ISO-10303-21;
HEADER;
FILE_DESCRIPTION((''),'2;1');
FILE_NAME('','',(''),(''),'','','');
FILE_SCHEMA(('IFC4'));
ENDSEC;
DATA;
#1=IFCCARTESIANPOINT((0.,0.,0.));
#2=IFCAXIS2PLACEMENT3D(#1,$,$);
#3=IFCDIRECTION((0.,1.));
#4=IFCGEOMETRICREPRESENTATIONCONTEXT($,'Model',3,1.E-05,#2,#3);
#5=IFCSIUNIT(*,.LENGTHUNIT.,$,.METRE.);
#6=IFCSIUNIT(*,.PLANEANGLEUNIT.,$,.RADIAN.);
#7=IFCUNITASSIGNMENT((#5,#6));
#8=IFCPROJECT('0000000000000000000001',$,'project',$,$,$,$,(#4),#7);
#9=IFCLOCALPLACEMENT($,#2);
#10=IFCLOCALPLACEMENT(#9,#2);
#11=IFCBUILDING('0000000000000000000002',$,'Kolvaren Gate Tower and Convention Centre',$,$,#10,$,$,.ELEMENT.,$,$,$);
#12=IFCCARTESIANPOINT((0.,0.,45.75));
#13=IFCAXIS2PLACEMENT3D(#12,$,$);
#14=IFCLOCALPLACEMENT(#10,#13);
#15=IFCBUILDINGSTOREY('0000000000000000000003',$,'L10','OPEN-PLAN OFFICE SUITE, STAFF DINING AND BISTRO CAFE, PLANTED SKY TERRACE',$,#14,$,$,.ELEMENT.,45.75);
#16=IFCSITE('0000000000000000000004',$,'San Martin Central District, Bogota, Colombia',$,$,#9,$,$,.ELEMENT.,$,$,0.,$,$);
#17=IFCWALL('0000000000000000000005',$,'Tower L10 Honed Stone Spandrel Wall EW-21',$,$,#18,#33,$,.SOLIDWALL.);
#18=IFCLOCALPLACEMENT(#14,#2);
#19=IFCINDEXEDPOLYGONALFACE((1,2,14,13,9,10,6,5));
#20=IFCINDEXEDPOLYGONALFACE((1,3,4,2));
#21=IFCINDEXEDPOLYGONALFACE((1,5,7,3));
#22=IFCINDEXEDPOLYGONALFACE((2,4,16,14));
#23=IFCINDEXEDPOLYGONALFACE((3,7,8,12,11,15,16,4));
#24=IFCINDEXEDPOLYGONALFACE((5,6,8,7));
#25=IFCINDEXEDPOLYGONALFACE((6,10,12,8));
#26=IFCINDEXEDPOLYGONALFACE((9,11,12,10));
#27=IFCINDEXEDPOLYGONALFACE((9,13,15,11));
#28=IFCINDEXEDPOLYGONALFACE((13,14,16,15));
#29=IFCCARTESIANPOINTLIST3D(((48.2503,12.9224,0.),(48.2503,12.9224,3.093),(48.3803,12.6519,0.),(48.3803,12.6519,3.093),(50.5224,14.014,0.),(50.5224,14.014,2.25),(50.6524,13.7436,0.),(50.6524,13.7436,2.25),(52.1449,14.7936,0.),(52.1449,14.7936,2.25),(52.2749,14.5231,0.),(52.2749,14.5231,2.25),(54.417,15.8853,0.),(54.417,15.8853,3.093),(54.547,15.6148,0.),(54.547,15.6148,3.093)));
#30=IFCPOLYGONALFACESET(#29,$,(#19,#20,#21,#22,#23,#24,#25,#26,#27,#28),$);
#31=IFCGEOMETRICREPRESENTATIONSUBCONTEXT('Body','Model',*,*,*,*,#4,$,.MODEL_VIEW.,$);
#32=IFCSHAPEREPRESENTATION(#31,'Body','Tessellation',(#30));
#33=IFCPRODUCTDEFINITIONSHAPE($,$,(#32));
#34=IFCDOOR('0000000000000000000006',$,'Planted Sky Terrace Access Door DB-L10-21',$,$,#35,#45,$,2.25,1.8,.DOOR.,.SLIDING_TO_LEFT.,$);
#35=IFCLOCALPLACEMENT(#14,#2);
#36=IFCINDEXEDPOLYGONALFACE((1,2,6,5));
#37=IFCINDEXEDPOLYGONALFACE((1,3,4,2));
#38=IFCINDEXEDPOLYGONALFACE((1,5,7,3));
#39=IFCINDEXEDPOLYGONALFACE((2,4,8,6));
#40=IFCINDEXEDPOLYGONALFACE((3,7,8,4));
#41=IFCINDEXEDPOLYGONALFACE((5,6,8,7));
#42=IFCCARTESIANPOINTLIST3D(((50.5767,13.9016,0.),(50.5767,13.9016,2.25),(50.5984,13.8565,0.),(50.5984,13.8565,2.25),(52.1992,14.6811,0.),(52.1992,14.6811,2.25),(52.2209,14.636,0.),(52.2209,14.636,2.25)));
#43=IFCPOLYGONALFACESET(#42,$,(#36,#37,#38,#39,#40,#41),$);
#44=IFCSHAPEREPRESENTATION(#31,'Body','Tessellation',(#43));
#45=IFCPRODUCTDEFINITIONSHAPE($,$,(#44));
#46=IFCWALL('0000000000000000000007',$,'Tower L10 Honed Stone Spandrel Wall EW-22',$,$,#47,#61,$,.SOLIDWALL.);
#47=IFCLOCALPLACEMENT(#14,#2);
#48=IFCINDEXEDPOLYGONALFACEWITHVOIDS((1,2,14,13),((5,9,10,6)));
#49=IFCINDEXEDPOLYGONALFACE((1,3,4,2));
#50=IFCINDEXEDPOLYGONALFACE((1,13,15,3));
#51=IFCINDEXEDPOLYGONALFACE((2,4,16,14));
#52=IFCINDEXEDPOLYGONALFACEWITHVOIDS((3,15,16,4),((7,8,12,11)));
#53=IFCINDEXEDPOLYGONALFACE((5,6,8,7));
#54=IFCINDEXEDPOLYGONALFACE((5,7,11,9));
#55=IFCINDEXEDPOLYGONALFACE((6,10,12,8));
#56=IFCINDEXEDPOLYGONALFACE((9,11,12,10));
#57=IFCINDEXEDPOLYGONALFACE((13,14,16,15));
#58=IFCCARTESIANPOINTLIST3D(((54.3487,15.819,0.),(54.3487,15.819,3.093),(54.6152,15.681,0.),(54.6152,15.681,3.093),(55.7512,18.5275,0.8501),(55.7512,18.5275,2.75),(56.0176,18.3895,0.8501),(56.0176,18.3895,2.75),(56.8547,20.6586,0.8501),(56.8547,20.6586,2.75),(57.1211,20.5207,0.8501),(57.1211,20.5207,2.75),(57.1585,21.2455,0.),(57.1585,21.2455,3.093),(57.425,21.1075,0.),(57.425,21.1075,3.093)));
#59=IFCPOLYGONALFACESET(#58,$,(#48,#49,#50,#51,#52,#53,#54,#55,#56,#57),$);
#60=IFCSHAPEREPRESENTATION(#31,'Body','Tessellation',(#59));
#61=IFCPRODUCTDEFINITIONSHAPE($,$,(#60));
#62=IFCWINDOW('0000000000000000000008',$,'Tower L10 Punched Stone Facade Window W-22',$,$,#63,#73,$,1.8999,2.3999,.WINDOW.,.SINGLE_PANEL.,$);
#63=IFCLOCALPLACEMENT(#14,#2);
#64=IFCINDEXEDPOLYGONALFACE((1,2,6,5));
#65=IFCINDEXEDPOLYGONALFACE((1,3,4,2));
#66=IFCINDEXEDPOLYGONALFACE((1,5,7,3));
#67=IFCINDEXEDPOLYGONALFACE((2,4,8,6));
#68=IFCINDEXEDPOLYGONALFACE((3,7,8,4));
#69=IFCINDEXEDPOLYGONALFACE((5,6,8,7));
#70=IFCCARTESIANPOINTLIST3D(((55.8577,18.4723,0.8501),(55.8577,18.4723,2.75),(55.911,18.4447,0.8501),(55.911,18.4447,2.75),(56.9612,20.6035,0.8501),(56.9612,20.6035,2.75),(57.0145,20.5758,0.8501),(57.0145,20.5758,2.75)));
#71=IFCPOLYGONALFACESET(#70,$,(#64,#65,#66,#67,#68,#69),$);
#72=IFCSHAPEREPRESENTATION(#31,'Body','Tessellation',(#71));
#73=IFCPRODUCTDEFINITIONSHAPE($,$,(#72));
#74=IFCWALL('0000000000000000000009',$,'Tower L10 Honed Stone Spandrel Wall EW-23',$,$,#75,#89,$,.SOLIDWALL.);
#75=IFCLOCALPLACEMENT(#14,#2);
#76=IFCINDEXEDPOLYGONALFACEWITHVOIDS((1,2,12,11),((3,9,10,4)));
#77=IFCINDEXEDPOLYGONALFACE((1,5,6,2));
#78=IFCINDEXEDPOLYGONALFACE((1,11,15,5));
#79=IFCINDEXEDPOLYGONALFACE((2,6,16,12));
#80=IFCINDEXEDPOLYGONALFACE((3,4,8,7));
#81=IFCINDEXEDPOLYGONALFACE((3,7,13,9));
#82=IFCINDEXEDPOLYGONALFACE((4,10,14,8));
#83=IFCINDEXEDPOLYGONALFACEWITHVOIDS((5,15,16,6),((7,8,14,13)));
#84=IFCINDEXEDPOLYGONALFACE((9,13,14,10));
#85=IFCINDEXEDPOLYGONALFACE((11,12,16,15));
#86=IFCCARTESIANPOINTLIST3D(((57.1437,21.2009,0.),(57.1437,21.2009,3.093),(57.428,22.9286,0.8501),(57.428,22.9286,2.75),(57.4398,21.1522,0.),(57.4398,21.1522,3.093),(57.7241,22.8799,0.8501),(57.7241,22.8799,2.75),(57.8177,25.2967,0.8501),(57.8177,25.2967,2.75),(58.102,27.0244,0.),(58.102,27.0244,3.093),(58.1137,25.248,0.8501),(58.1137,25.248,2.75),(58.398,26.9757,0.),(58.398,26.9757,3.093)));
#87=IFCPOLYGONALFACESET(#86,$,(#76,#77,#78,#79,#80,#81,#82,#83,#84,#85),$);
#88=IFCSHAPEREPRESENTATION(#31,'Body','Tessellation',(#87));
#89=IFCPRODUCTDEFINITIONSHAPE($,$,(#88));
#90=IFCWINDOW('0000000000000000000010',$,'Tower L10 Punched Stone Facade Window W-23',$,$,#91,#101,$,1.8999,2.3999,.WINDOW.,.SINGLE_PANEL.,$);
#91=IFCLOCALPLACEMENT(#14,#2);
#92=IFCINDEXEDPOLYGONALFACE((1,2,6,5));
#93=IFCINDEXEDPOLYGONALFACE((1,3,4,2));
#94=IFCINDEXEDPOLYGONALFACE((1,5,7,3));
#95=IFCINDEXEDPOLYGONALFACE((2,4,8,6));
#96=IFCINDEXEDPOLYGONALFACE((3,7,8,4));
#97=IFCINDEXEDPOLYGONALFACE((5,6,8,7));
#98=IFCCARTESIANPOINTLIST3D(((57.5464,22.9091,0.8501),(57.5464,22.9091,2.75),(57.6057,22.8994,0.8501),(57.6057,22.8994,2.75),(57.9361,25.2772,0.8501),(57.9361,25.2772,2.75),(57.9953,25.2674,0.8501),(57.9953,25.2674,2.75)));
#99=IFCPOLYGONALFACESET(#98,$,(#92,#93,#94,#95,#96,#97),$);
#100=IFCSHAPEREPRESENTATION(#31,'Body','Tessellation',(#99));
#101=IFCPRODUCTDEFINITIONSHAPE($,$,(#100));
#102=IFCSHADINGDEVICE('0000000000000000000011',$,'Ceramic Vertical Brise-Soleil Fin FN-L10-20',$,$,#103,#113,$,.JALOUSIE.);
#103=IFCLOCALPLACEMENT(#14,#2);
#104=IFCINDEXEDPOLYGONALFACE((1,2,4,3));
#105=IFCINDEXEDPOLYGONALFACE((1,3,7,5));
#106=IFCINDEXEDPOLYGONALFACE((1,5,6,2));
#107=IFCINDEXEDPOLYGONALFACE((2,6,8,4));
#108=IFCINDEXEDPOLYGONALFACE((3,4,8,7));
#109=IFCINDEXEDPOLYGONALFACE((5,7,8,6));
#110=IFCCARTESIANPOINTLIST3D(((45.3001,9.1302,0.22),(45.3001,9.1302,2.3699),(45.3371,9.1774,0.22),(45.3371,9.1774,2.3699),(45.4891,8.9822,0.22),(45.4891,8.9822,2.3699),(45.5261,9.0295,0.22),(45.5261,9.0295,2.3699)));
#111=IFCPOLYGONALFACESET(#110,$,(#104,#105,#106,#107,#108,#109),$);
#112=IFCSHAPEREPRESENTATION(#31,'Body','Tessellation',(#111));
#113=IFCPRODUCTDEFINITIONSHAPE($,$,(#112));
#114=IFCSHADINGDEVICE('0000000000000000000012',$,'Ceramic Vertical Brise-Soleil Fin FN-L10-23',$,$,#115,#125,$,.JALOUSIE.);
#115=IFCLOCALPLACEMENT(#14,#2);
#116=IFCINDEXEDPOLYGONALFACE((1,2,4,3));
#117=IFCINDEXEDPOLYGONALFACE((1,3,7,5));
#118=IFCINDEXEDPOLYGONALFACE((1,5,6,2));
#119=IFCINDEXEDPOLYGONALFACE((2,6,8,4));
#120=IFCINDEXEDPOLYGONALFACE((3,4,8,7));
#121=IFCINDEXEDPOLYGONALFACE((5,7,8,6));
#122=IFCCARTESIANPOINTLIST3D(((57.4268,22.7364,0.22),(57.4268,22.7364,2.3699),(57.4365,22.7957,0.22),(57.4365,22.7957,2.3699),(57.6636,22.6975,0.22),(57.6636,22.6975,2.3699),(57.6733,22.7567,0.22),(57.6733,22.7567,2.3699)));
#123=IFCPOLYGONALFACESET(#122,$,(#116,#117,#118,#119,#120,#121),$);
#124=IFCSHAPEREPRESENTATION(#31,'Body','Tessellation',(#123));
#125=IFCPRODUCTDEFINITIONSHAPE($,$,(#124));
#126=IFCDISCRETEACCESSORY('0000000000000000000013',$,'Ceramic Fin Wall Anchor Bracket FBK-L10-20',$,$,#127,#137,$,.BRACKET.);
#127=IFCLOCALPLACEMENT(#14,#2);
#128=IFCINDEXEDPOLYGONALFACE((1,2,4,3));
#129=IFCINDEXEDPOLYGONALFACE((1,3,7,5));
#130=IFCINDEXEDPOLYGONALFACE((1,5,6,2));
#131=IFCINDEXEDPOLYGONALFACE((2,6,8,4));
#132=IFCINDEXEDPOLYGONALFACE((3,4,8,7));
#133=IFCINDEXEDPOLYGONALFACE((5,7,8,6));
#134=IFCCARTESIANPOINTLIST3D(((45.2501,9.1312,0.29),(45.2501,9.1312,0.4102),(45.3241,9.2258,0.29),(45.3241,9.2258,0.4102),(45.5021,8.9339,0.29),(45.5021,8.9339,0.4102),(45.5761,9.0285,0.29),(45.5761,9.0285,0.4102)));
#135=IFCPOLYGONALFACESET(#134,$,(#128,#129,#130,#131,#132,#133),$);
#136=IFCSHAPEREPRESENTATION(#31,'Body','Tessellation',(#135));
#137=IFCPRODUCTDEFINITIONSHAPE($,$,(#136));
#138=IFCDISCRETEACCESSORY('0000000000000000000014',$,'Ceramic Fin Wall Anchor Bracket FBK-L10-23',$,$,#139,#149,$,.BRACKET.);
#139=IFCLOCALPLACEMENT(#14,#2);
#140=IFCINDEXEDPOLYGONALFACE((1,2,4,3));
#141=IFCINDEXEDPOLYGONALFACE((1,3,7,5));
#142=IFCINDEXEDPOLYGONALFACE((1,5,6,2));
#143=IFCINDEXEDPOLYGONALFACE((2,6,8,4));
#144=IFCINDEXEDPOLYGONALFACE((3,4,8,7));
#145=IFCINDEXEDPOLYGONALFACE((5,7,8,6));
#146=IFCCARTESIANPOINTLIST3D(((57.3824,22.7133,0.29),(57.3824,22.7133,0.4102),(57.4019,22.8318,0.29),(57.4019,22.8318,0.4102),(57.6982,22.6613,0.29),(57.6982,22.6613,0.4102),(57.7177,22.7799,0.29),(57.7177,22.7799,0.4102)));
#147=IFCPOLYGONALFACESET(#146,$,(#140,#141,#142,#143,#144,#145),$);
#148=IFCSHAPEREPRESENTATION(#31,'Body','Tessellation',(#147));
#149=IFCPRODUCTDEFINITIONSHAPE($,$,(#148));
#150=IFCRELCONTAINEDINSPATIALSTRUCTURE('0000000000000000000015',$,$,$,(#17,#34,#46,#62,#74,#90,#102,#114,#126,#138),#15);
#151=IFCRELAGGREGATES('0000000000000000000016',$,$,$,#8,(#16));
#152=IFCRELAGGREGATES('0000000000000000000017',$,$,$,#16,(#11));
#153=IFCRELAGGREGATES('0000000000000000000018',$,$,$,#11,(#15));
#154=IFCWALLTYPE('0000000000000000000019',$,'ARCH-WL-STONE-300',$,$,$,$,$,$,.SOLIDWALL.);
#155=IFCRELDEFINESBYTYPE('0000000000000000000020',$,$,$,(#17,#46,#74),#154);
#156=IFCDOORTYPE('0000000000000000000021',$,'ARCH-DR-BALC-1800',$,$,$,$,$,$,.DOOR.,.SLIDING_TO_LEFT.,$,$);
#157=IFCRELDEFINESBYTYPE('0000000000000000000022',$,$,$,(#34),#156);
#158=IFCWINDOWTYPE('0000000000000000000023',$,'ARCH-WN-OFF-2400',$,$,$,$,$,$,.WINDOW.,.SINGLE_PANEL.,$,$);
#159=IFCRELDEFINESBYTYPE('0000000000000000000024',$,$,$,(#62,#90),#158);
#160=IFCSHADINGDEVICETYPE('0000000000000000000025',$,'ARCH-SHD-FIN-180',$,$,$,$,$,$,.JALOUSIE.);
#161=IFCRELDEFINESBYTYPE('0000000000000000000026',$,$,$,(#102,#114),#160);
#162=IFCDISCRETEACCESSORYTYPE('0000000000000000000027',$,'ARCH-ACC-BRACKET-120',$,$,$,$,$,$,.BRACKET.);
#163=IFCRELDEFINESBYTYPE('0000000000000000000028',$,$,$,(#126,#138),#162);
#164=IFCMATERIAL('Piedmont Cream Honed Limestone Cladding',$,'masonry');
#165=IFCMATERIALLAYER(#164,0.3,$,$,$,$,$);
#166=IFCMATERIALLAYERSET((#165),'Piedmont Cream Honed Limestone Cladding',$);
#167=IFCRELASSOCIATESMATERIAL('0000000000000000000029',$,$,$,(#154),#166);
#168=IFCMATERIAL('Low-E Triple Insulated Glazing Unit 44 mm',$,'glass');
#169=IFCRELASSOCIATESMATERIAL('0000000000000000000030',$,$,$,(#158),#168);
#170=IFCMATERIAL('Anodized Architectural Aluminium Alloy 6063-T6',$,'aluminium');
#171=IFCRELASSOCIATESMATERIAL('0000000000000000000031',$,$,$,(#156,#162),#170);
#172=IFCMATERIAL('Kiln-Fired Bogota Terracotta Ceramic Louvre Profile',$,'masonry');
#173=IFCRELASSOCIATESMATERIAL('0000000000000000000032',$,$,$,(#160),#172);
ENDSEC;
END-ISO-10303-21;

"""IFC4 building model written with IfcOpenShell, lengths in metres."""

from ifc_helpers import new_model, si_unit, direction, frame, frame_2d, origin, origin_2d, place, context, subcontext, project, spatial, rectangle, extrude, material, layer, layer_set, type_object, element, fill, save


model = new_model("IFC4")

# Units and contexts
model_context = context("Model", 3, precision=1e-05, world=origin(), true_north=direction((0.0, 1.0)))
body_context = subcontext(model_context, "Body", "Model", "MODEL_VIEW")
ifc_project = project(units=[si_unit("LENGTHUNIT", "METRE"), si_unit("PLANEANGLEUNIT", "RADIAN")], contexts=[model_context])

# Site, building, storey
site_placement = place(None, origin())
site = spatial("IfcSite", under=ifc_project, at=site_placement, Name="San Martin Central District, Bogota, Colombia", CompositionType="ELEMENT", RefElevation=0.0)
building_placement = place(site_placement, origin())
building = spatial("IfcBuilding", under=site, at=building_placement, Name="Kolvaren Gate Tower and Convention Centre", CompositionType="ELEMENT")
storey_placement = place(building_placement, frame((0.0, 0.0, 45.75)))
storey = spatial("IfcBuildingStorey", under=building, at=storey_placement, Name="L10", Description="OPEN-PLAN OFFICE SUITE, STAFF DINING AND BISTRO CAFE, PLANTED SKY TERRACE", CompositionType="ELEMENT", Elevation=45.75)

# Shared definitions
ifc_material_1 = material(Name="Piedmont Cream Honed Limestone Cladding", Category="masonry")

# Shared definitions
ifc_layer_1 = layer(ifc_material_1, 0.3)
ifc_layer_set_1 = layer_set([ifc_layer_1], Name="Piedmont Cream Honed Limestone Cladding")
wall_type_1 = type_object("IfcWallType", Name="ARCH-WL-STONE-300", PredefinedType="SOLIDWALL", material=ifc_layer_set_1)
ifc_material_2 = material(Name="Low-E Triple Insulated Glazing Unit 44 mm", Category="glass")
window_type = type_object("IfcWindowType", Name="ARCH-WN-OFF-2400", PartitioningType="SINGLE_PANEL", PredefinedType="WINDOW", material=ifc_material_2)

# Wall, opening, door
wall_1_placement = place(storey_placement, frame((48.3152, 12.7871, 0.0), z_axis=(0.0, 0.0, 1.0), x_axis=(0.90136, 0.43307, 0.0)))
wall_1 = element("IfcWall", 1, at=wall_1_placement, inside=storey, type_object=wall_type_1, Name="Tower L10 Honed Stone Spandrel Wall EW-21", PredefinedType="SOLIDWALL", context=body_context, shape_type="SweptSolid", body=[
    extrude(rectangle(XDim=6.8416, YDim=0.3, at=frame_2d((3.4209, 0.0))), origin(), (0.0, 0.0, 1.0), 3.093),
])
opening_1_placement = place(wall_1_placement, frame((2.521, 0.0, 0.0)))
opening_1 = element("IfcOpeningElement", 2, at=opening_1_placement, cuts=wall_1, PredefinedType="OPENING", context=body_context, shape_type="SweptSolid", body=[
    extrude(rectangle(XDim=1.8, YDim=2.25, at=frame_2d((0.8999, 1.125))), frame((0.0, 0.1599, 0.0), z_axis=(0.0, -1.0, 0.0), x_axis=(1.0, 0.0, 0.0)), (0.0, 0.0, 1.0), 0.3201),
])
ifc_material_3 = material(Name="Anodized Architectural Aluminium Alloy 6063-T6", Category="aluminium")
door_type_1 = type_object("IfcDoorType", Name="ARCH-DR-BALC-1800", OperationType="SLIDING_TO_LEFT", PredefinedType="DOOR", material=ifc_material_3)
door_1_placement = place(opening_1_placement, frame((1.8, 0.0, 0.0), z_axis=(0.0, 0.0, 1.0), x_axis=(-1.0, 0.0, 0.0)))
door_1 = element("IfcDoor", 3, at=door_1_placement, inside=storey, type_object=door_type_1, Name="Planted Sky Terrace Access Door DB-L10-21", OperationType="SLIDING_TO_LEFT", OverallHeight=2.25, OverallWidth=1.8, PredefinedType="DOOR", context=body_context, shape_type="SweptSolid", body=[
    extrude(rectangle(XDim=1.8, YDim=2.25, at=frame_2d((0.8999, 1.125))), frame((0.0, 0.0249, 0.0), z_axis=(0.0, -1.0, 0.0), x_axis=(1.0, 0.0, 0.0)), (0.0, 0.0, 1.0), 0.05),
])
fill(opening_1, door_1)

# Walls, openings, windows
wall_2_placement = place(storey_placement, frame((54.4819, 15.75, 0.0), z_axis=(0.0, 0.0, 1.0), x_axis=(0.45981, 0.888017, 0.0)))
wall_2 = element("IfcWall", 4, at=wall_2_placement, inside=storey, type_object=wall_type_1, Name="Tower L10 Honed Stone Spandrel Wall EW-22", PredefinedType="SOLIDWALL", context=body_context, shape_type="SweptSolid", body=[
    extrude(rectangle(XDim=6.1108, YDim=0.3, at=frame_2d((3.0554, 0.0))), origin(), (0.0, 0.0, 1.0), 3.093),
])
opening_2_placement = place(wall_2_placement, frame((3.05, 0.0, 0.8501)))
opening_2 = element("IfcOpeningElement", 5, at=opening_2_placement, cuts=wall_2, PredefinedType="OPENING", context=body_context, shape_type="SweptSolid", body=[
    extrude(rectangle(XDim=2.3999, YDim=1.8999, at=frame_2d((1.2, 0.95))), frame((0.0, 0.1599, 0.0), z_axis=(0.0, -1.0, 0.0), x_axis=(1.0, 0.0, 0.0)), (0.0, 0.0, 1.0), 0.3201),
])
window_1_placement = place(opening_2_placement, origin())
window_1 = element("IfcWindow", 6, at=window_1_placement, inside=storey, type_object=window_type, Name="Tower L10 Punched Stone Facade Window W-22", OverallHeight=1.8999, OverallWidth=2.3999, PartitioningType="SINGLE_PANEL", PredefinedType="WINDOW", context=body_context, shape_type="SweptSolid", body=[
    extrude(rectangle(XDim=2.3999, YDim=1.8999, at=frame_2d((1.2, 0.95))), frame((0.0, 0.03, 0.0), z_axis=(0.0, -1.0, 0.0), x_axis=(1.0, 0.0, 0.0)), (0.0, 0.0, 1.0), 0.0601),
])
fill(opening_2, window_1)
wall_3_placement = place(storey_placement, frame((57.2917, 21.1765, 0.0), z_axis=(0.0, 0.0, 1.0), x_axis=(0.162366, 0.986731, 0.0)))
wall_3 = element("IfcWall", 7, at=wall_3_placement, inside=storey, type_object=wall_type_1, Name="Tower L10 Honed Stone Spandrel Wall EW-23", PredefinedType="SOLIDWALL", context=body_context, shape_type="SweptSolid", body=[
    extrude(rectangle(XDim=5.9019, YDim=0.3, at=frame_2d((2.9509, 0.0))), origin(), (0.0, 0.0, 1.0), 3.093),
])
opening_3_placement = place(wall_3_placement, frame((1.751, 0.0, 0.8501)))
opening_3 = element("IfcOpeningElement", 8, at=opening_3_placement, cuts=wall_3, PredefinedType="OPENING", context=body_context, shape_type="SweptSolid", body=[
    extrude(rectangle(XDim=2.3999, YDim=1.8999, at=frame_2d((1.2, 0.95))), frame((0.0, 0.1599, 0.0), z_axis=(0.0, -1.0, 0.0), x_axis=(1.0, 0.0, 0.0)), (0.0, 0.0, 1.0), 0.3201),
])
window_2_placement = place(opening_3_placement, origin())
window_2 = element("IfcWindow", 9, at=window_2_placement, inside=storey, type_object=window_type, Name="Tower L10 Punched Stone Facade Window W-23", OverallHeight=1.8999, OverallWidth=2.3999, PartitioningType="SINGLE_PANEL", PredefinedType="WINDOW", context=body_context, shape_type="SweptSolid", body=[
    extrude(rectangle(XDim=2.3999, YDim=1.8999, at=frame_2d((1.2, 0.95))), frame((0.0, 0.03, 0.0), z_axis=(0.0, -1.0, 0.0), x_axis=(1.0, 0.0, 0.0)), (0.0, 0.0, 1.0), 0.0601),
])
fill(opening_3, window_2)

# Shading devices
ifc_material_4 = material(Name="Kiln-Fired Bogota Terracotta Ceramic Louvre Profile", Category="masonry")
shading_device_type = type_object("IfcShadingDeviceType", Name="ARCH-SHD-FIN-180", PredefinedType="JALOUSIE", material=ifc_material_4)
for number, where, z_axis, x_axis, name in (
    (10, (45.4131, 9.0798, 0.22), (0.0, 0.0, 1.0), (0.616424, 0.787414, 0.0), "Ceramic Vertical Brise-Soleil Fin FN-L10-20"),
    (11, (57.55, 22.7466, 0.22), (0.0, 0.0, 1.0), (0.162377, 0.986729, 0.0), "Ceramic Vertical Brise-Soleil Fin FN-L10-23"),
):
    element("IfcShadingDevice", number, at=place(storey_placement, frame(where, z_axis=z_axis, x_axis=x_axis)), inside=storey, type_object=shading_device_type, Name=name, PredefinedType="JALOUSIE", context=body_context, shape_type="SweptSolid", body=[
        extrude(rectangle(XDim=0.0601, YDim=0.24, at=origin_2d()), origin(), (0.0, 0.0, 1.0), 2.1499),
    ])

# Discrete accessories
discrete_accessory_type = type_object("IfcDiscreteAccessoryType", Name="ARCH-ACC-BRACKET-120", PredefinedType="BRACKET", material=ifc_material_3)
for number, where, z_axis, x_axis, name in (
    (12, (45.4131, 9.0798, 0.29), (0.0, 0.0, 1.0), (0.616424, 0.787414, 0.0), "Ceramic Fin Wall Anchor Bracket FBK-L10-20"),
    (13, (57.55, 22.7466, 0.29), (0.0, 0.0, 1.0), (0.162377, 0.986729, 0.0), "Ceramic Fin Wall Anchor Bracket FBK-L10-23"),
):
    element("IfcDiscreteAccessory", number, at=place(storey_placement, frame(where, z_axis=z_axis, x_axis=x_axis)), inside=storey, type_object=discrete_accessory_type, Name=name, PredefinedType="BRACKET", context=body_context, shape_type="SweptSolid", body=[
        extrude(rectangle(XDim=0.1201, YDim=0.3201, at=origin_2d()), origin(), (0.0, 0.0, 1.0), 0.1201),
    ])

save(model, "model.ifc")
